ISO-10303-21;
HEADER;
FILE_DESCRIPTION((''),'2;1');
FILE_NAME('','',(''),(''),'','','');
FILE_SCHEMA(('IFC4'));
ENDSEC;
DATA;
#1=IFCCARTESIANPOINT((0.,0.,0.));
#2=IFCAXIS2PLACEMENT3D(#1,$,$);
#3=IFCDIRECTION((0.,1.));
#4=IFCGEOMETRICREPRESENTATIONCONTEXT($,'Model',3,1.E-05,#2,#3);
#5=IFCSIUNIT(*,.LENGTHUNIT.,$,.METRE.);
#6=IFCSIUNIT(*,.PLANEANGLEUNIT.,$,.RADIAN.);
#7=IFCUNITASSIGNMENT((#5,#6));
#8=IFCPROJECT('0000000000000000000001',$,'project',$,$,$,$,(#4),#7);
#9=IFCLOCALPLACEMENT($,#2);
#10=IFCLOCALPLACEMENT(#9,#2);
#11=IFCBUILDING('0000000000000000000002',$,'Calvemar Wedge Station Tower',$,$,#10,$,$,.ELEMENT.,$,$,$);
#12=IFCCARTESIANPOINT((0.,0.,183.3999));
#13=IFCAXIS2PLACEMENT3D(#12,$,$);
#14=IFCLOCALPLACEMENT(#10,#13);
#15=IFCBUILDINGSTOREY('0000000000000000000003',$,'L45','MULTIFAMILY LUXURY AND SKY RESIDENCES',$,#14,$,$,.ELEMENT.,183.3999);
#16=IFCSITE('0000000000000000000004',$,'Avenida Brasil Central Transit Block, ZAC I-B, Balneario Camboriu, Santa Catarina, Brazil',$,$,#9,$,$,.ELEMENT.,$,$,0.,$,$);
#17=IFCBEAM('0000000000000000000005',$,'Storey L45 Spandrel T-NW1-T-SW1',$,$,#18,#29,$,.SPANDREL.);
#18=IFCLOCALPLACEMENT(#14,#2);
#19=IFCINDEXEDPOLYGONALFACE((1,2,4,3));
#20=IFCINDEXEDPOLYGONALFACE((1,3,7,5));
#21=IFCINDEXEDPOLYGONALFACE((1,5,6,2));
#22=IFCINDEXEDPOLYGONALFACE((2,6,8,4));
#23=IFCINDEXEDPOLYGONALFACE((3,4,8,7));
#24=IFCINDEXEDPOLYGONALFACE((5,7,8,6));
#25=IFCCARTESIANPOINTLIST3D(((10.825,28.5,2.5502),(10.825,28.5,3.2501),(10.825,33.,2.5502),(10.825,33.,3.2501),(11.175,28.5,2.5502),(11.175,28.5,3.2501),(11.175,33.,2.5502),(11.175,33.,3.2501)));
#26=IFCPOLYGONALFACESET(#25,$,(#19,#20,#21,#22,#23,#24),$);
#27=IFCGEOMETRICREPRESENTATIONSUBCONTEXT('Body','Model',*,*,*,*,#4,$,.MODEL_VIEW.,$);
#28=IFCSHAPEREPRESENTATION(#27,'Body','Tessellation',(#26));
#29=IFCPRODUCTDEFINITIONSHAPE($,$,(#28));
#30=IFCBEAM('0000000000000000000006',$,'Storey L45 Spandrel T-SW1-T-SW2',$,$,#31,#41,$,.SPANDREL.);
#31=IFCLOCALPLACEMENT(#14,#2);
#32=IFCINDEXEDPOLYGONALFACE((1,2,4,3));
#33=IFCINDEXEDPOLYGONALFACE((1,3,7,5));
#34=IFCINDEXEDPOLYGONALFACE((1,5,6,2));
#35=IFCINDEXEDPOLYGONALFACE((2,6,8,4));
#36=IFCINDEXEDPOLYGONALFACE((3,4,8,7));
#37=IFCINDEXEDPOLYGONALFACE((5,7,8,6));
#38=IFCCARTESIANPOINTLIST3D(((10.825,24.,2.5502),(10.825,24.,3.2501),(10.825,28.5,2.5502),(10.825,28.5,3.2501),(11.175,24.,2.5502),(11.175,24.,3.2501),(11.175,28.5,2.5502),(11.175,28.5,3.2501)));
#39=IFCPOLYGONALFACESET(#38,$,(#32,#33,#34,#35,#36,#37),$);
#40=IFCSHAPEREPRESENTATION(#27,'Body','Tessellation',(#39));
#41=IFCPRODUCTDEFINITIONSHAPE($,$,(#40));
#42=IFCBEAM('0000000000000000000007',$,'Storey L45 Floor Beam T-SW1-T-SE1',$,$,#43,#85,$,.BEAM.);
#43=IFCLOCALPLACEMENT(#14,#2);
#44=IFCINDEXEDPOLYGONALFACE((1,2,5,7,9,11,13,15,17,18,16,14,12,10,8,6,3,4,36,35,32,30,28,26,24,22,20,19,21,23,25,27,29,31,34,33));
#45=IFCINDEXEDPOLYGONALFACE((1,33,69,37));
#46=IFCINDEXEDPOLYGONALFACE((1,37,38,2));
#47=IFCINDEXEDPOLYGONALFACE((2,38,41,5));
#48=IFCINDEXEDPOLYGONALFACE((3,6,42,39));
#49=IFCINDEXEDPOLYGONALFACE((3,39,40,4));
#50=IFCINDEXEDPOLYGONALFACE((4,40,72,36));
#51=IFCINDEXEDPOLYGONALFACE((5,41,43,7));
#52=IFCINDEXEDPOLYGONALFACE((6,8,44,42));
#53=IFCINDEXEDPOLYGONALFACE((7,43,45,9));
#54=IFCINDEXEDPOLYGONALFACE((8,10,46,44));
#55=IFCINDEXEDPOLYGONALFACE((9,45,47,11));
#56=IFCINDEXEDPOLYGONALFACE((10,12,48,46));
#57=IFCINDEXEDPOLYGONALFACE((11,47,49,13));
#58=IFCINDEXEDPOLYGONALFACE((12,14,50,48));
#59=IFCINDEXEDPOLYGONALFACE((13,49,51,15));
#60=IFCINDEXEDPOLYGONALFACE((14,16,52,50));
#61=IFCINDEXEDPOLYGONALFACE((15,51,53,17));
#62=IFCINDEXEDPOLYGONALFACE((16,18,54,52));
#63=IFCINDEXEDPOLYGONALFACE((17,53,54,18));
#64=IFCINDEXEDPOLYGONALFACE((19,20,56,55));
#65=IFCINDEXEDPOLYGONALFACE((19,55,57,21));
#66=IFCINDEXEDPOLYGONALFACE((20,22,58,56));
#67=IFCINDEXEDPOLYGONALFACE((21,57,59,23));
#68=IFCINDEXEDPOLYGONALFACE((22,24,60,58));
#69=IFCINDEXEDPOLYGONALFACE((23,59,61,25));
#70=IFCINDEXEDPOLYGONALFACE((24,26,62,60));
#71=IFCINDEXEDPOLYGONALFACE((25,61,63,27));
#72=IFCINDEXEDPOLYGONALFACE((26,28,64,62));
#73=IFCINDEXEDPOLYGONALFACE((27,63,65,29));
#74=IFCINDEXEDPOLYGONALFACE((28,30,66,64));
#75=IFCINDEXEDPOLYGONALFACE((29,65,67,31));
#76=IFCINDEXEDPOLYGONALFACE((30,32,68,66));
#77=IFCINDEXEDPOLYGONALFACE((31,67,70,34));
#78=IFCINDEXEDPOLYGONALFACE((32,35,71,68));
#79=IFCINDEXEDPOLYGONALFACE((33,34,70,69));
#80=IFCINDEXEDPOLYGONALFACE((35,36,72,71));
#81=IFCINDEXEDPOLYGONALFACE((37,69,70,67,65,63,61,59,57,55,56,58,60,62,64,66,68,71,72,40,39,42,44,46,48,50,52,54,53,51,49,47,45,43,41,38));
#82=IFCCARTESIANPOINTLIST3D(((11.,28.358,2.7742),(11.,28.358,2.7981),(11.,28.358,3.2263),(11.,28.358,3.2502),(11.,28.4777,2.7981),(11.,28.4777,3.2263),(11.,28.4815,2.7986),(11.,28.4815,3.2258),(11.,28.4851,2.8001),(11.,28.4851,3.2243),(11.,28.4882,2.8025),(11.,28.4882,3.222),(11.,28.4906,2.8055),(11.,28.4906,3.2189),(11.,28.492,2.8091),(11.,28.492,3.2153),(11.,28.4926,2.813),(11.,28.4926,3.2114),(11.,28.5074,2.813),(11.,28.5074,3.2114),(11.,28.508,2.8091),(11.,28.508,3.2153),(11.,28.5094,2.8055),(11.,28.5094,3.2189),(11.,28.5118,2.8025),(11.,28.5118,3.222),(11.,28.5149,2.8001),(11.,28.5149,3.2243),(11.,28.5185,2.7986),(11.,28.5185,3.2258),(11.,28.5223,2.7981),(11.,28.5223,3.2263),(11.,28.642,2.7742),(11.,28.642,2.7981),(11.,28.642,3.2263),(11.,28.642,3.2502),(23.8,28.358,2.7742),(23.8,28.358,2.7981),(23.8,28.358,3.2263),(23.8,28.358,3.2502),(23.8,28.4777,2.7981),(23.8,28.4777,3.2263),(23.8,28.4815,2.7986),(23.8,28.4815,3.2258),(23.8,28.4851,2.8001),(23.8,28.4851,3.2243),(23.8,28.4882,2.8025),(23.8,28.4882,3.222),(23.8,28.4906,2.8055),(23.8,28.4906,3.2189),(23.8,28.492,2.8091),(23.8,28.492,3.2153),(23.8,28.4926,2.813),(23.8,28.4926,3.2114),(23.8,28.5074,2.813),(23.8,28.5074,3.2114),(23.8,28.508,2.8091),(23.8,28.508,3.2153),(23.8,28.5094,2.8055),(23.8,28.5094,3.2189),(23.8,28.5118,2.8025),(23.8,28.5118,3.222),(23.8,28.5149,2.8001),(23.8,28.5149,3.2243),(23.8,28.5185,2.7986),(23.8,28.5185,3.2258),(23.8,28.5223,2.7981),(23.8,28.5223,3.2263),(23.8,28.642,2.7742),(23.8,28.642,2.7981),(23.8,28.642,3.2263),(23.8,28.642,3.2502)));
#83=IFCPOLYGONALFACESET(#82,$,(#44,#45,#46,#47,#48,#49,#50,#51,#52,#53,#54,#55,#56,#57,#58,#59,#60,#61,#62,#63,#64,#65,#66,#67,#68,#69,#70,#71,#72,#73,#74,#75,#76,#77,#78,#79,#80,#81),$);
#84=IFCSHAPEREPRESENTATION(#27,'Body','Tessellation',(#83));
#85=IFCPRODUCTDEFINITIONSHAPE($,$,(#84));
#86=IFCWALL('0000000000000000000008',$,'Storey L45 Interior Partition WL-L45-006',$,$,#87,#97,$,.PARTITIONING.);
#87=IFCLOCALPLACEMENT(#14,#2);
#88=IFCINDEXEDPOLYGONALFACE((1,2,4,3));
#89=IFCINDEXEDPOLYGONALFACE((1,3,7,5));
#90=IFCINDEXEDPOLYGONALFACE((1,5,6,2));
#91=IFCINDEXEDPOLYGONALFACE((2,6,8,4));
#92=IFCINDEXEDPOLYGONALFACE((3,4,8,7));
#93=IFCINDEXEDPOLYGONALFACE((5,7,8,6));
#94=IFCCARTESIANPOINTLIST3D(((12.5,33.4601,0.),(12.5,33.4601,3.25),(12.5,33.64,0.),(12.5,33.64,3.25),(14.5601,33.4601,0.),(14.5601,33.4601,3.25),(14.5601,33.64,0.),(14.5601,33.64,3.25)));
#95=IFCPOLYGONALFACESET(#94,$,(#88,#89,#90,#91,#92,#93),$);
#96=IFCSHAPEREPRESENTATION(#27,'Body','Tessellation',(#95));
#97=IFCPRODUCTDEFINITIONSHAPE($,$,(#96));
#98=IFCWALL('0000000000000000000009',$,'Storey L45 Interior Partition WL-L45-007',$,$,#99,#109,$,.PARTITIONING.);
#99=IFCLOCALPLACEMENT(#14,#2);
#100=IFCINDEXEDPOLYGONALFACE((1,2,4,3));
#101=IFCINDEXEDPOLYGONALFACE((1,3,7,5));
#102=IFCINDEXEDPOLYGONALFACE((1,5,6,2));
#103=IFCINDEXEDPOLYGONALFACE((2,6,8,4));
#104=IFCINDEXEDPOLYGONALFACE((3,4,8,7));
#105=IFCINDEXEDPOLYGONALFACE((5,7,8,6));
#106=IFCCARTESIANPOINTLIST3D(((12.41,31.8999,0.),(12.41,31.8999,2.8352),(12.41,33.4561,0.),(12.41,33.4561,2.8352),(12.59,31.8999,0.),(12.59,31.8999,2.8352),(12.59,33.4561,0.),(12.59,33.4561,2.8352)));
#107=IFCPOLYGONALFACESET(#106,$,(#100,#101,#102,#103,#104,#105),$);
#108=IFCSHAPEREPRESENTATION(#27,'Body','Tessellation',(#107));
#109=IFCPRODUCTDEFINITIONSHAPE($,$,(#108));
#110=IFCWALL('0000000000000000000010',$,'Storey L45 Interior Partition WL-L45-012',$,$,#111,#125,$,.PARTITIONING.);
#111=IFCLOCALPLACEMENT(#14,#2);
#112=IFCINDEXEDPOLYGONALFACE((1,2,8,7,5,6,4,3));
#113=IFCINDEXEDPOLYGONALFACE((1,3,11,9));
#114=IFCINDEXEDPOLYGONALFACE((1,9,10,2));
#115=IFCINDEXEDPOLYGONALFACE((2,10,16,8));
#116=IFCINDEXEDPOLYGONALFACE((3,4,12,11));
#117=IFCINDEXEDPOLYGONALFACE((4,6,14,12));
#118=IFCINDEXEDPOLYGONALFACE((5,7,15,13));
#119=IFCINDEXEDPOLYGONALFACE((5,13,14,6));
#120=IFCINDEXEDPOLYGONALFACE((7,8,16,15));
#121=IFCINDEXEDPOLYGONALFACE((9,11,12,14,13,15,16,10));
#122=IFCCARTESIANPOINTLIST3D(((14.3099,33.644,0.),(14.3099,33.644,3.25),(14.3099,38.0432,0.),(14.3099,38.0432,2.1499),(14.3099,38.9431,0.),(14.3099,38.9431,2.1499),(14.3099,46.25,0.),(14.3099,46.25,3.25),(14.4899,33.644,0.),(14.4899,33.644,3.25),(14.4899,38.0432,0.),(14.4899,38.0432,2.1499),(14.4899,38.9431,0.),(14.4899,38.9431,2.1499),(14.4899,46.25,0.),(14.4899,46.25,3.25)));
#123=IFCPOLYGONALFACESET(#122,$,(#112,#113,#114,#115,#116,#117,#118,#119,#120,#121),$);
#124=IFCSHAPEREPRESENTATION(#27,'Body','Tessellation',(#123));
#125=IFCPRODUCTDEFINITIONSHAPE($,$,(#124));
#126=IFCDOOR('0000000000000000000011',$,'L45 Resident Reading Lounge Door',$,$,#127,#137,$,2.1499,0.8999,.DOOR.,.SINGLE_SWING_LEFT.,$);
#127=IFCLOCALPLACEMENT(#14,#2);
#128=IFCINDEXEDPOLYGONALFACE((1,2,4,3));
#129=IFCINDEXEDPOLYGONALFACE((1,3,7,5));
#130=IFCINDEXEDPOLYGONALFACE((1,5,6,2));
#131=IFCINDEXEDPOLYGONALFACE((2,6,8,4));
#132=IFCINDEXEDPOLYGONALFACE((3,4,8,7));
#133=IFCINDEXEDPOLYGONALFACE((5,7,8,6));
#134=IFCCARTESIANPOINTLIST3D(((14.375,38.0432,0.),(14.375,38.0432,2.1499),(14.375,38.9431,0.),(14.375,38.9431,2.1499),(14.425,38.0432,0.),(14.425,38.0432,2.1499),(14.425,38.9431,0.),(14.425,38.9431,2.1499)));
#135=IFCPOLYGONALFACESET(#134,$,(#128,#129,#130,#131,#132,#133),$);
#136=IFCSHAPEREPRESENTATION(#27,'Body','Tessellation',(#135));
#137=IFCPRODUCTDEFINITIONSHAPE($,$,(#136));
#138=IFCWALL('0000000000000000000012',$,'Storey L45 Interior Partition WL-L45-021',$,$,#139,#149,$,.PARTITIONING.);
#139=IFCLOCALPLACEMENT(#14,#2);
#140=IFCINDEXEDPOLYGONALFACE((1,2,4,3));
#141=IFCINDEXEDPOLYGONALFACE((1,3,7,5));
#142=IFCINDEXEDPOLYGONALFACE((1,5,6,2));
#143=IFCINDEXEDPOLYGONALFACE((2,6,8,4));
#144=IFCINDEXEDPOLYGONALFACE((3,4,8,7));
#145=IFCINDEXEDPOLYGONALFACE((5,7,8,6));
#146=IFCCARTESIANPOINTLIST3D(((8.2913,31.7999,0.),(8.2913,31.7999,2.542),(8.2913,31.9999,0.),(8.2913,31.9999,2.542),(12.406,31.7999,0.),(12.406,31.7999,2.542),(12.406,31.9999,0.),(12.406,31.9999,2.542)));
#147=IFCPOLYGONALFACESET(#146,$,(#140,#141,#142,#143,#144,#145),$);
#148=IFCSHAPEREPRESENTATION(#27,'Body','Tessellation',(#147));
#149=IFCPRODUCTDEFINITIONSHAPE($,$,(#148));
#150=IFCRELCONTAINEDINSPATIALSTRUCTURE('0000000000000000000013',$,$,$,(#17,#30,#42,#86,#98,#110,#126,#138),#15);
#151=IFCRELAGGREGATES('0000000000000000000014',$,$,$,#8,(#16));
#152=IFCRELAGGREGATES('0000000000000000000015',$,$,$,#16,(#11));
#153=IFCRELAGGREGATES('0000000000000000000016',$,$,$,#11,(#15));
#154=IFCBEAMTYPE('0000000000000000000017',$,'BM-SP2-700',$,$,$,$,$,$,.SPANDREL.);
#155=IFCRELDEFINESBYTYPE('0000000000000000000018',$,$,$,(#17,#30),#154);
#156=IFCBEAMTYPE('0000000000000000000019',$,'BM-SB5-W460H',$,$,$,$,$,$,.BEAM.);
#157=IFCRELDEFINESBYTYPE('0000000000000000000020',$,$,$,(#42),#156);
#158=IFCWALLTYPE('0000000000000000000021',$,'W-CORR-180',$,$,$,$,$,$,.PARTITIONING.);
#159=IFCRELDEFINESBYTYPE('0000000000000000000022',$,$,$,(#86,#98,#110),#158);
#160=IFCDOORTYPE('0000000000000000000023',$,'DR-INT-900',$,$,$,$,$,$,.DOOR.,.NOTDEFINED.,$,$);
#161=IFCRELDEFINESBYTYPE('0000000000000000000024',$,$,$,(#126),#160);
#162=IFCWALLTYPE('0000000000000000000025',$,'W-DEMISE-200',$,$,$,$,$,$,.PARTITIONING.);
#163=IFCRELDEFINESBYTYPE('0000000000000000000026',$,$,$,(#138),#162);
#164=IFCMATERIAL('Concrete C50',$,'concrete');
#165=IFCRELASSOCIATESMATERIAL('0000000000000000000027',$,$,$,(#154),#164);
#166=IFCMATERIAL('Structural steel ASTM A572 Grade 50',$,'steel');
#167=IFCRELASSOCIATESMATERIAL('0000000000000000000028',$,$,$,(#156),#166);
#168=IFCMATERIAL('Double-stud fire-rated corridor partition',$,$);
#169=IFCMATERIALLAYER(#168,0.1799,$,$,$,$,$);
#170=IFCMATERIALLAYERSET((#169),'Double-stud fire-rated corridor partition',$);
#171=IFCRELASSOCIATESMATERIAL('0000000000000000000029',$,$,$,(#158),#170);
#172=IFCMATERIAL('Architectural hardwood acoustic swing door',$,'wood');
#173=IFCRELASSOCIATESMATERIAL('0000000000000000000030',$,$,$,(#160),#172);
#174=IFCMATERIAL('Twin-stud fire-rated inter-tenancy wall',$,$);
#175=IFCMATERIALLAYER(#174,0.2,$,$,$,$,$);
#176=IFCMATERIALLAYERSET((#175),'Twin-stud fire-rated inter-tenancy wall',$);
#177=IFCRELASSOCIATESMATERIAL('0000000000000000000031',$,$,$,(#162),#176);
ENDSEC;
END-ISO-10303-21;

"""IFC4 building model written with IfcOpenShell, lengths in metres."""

from ifc_helpers import new_model, si_unit, direction, frame, frame_2d, origin, origin_2d, place, context, subcontext, project, spatial, rectangle, i_section, extrude, source, transform, mapped, material, layer, layer_set, material_profile, profile_set, type_object, element, fill, save


model = new_model("IFC4")

# Units and contexts
model_context = context("Model", 3, precision=1e-05, world=origin(), true_north=direction((0.0, 1.0)))
body_context = subcontext(model_context, "Body", "Model", "MODEL_VIEW")
ifc_project = project(units=[si_unit("LENGTHUNIT", "METRE"), si_unit("PLANEANGLEUNIT", "RADIAN")], contexts=[model_context])

# Site, building, storey
site_placement = place(None, origin())
site = spatial("IfcSite", under=ifc_project, at=site_placement, Name="Avenida Brasil Central Transit Block, ZAC I-B, Balneario Camboriu, Santa Catarina, Brazil", CompositionType="ELEMENT", RefElevation=0.0)
building_placement = place(site_placement, origin())
building = spatial("IfcBuilding", under=site, at=building_placement, Name="Calvemar Wedge Station Tower", CompositionType="ELEMENT")
storey_placement = place(building_placement, frame((0.0, 0.0, 183.3999)))
storey = spatial("IfcBuildingStorey", under=building, at=storey_placement, Name="L45", Description="MULTIFAMILY LUXURY AND SKY RESIDENCES", CompositionType="ELEMENT", Elevation=183.3999)

# Shared definitions
ifc_material_1 = material(Name="Concrete C50", Category="concrete")

# Beams
ifc_material_2 = material(Name="Structural steel ASTM A572 Grade 50", Category="steel")
ifc_material_profile_1 = material_profile(ifc_material_1, rectangle(XDim=0.3501, YDim=0.7, at=origin_2d()), Name="RC350x700")
ifc_profile_set_1 = profile_set([ifc_material_profile_1], Name="Concrete C50")
beam_type_1 = type_object("IfcBeamType", Name="BM-SP2-700", PredefinedType="SPANDREL", material=ifc_profile_set_1)
shared_shape_1 = source(origin(), body_context, "Body", "SweptSolid", [
    extrude(rectangle(XDim=0.3501, YDim=0.7, at=origin_2d()), origin(), (0.0, 0.0, 1.0), 4.5),
])
for number, where, z_axis, x_axis, name in (
    (1, (11.0, 33.0, 2.9001), (0.0, -1.0, 0.0), (1.0, 0.0, 0.0), "Storey L45 Spandrel T-NW1-T-SW1"),
    (2, (11.0, 28.5, 2.9001), (0.0, -1.0, 0.0), (1.0, 0.0, 0.0), "Storey L45 Spandrel T-SW1-T-SW2"),
):
    element("IfcBeam", number, at=place(storey_placement, frame(where, z_axis=z_axis, x_axis=x_axis)), inside=storey, type_object=beam_type_1, Name=name, PredefinedType="SPANDREL", context=body_context, shape_type="MappedRepresentation", body=[
        mapped(shared_shape_1, transform((0.0, 0.0, 0.0), scale=1.0)),
    ])
ifc_material_profile_2 = material_profile(ifc_material_2, i_section(OverallWidth=0.2839, OverallDepth=0.4761, WebThickness=0.0149, FlangeThickness=0.0239, FilletRadius=0.0149, at=origin_2d()), Name="W460x158")
ifc_profile_set_2 = profile_set([ifc_material_profile_2], Name="Structural steel ASTM A572 Grade 50")
beam_type_2 = type_object("IfcBeamType", Name="BM-SB5-W460H", PredefinedType="BEAM", material=ifc_profile_set_2)
shared_shape_2 = source(origin(), body_context, "Body", "SweptSolid", [
    extrude(i_section(OverallWidth=0.2839, OverallDepth=0.4761, WebThickness=0.0149, FlangeThickness=0.0239, FilletRadius=0.0149, at=origin_2d()), origin(), (0.0, 0.0, 1.0), 12.8),
])
beam_1_placement = place(storey_placement, frame((11.0, 28.5, 3.0122), z_axis=(1.0, 0.0, 0.0), x_axis=(0.0, 1.0, 0.0)))
element("IfcBeam", 3, at=beam_1_placement, inside=storey, type_object=beam_type_2, Name="Storey L45 Floor Beam T-SW1-T-SE1", PredefinedType="BEAM", context=body_context, shape_type="MappedRepresentation", body=[
    mapped(shared_shape_2, transform((0.0, 0.0, 0.0), scale=1.0)),
])

# Walls
ifc_material_3 = material(Name="Double-stud fire-rated corridor partition")
ifc_layer_1 = layer(ifc_material_3, 0.1799)
ifc_layer_set_1 = layer_set([ifc_layer_1], Name="Double-stud fire-rated corridor partition")
wall_type_1 = type_object("IfcWallType", Name="W-CORR-180", PredefinedType="PARTITIONING", material=ifc_layer_set_1)
wall_1_placement = place(storey_placement, frame((12.5, 33.55, 0.0), z_axis=(0.0, 0.0, 1.0), x_axis=(1.0, 0.0, 0.0)))
element("IfcWall", 4, at=wall_1_placement, inside=storey, type_object=wall_type_1, Name="Storey L45 Interior Partition WL-L45-006", PredefinedType="PARTITIONING", context=body_context, shape_type="SweptSolid", body=[
    extrude(rectangle(XDim=2.0601, YDim=0.1799, at=frame_2d((1.03, 0.0))), origin(), (0.0, 0.0, 1.0), 3.25),
])
wall_2_placement = place(storey_placement, frame((12.5, 31.8999, 0.0), z_axis=(0.0, 0.0, 1.0), x_axis=(0.0, 1.0, 0.0)))
element("IfcWall", 5, at=wall_2_placement, inside=storey, type_object=wall_type_1, Name="Storey L45 Interior Partition WL-L45-007", PredefinedType="PARTITIONING", context=body_context, shape_type="SweptSolid", body=[
    extrude(rectangle(XDim=1.5562, YDim=0.1799, at=frame_2d((0.7781, 0.0))), origin(), (0.0, 0.0, 1.0), 2.8352),
])

# Wall, opening, door
wall_3_placement = place(storey_placement, frame((14.3999, 33.644, 0.0), z_axis=(0.0, 0.0, 1.0), x_axis=(0.0, 1.0, 0.0)))
wall_3 = element("IfcWall", 6, at=wall_3_placement, inside=storey, type_object=wall_type_1, Name="Storey L45 Interior Partition WL-L45-012", PredefinedType="PARTITIONING", context=body_context, shape_type="SweptSolid", body=[
    extrude(rectangle(XDim=12.606, YDim=0.1799, at=frame_2d((6.303, 0.0))), origin(), (0.0, 0.0, 1.0), 3.25),
])
shared_shape_3 = source(origin(), body_context, "Body", "SweptSolid", [
    extrude(rectangle(XDim=0.8999, YDim=2.1499, at=frame_2d((0.45, 1.075))), frame((0.0, 0.1001, 0.0), z_axis=(0.0, -1.0, 0.0), x_axis=(1.0, 0.0, 0.0)), (0.0, 0.0, 1.0), 0.2),
])
opening_1_placement = place(wall_3_placement, frame((4.3992, 0.0, 0.0)))
opening_1 = element("IfcOpeningElement", 7, at=opening_1_placement, cuts=wall_3, PredefinedType="OPENING", context=body_context, shape_type="MappedRepresentation", body=[
    mapped(shared_shape_3, transform((0.0, 0.0, 0.0), scale=1.0)),
])
ifc_material_4 = material(Name="Architectural hardwood acoustic swing door", Category="wood")
door_type_1 = type_object("IfcDoorType", Name="DR-INT-900", OperationType="NOTDEFINED", PredefinedType="DOOR", material=ifc_material_4)
shared_shape_4 = source(origin(), body_context, "Body", "SweptSolid", [
    extrude(rectangle(XDim=0.8999, YDim=2.1499, at=frame_2d((0.45, 1.075))), frame((0.0, 0.0249, 0.0), z_axis=(0.0, -1.0, 0.0), x_axis=(1.0, 0.0, 0.0)), (0.0, 0.0, 1.0), 0.05),
])
door_1_placement = place(opening_1_placement, origin())
door_1 = element("IfcDoor", 8, at=door_1_placement, inside=storey, type_object=door_type_1, Name="L45 Resident Reading Lounge Door", OperationType="SINGLE_SWING_LEFT", OverallHeight=2.1499, OverallWidth=0.8999, PredefinedType="DOOR", context=body_context, shape_type="MappedRepresentation", body=[
    mapped(shared_shape_4, transform((0.0, 0.0, 0.0), scale=1.0)),
])
fill(opening_1, door_1)

# Wall
ifc_material_5 = material(Name="Twin-stud fire-rated inter-tenancy wall")
ifc_layer_2 = layer(ifc_material_5, 0.2)
ifc_layer_set_2 = layer_set([ifc_layer_2], Name="Twin-stud fire-rated inter-tenancy wall")
wall_type_2 = type_object("IfcWallType", Name="W-DEMISE-200", PredefinedType="PARTITIONING", material=ifc_layer_set_2)
wall_4_placement = place(storey_placement, frame((12.406, 31.8999, 0.0), z_axis=(0.0, 0.0, 1.0), x_axis=(-1.0, 0.0, 0.0)))
element("IfcWall", 9, at=wall_4_placement, inside=storey, type_object=wall_type_2, Name="Storey L45 Interior Partition WL-L45-021", PredefinedType="PARTITIONING", context=body_context, shape_type="SweptSolid", body=[
    extrude(rectangle(XDim=4.1147, YDim=0.2, at=frame_2d((2.0574, 0.0))), origin(), (0.0, 0.0, 1.0), 2.542),
])

save(model, "model.ifc")
